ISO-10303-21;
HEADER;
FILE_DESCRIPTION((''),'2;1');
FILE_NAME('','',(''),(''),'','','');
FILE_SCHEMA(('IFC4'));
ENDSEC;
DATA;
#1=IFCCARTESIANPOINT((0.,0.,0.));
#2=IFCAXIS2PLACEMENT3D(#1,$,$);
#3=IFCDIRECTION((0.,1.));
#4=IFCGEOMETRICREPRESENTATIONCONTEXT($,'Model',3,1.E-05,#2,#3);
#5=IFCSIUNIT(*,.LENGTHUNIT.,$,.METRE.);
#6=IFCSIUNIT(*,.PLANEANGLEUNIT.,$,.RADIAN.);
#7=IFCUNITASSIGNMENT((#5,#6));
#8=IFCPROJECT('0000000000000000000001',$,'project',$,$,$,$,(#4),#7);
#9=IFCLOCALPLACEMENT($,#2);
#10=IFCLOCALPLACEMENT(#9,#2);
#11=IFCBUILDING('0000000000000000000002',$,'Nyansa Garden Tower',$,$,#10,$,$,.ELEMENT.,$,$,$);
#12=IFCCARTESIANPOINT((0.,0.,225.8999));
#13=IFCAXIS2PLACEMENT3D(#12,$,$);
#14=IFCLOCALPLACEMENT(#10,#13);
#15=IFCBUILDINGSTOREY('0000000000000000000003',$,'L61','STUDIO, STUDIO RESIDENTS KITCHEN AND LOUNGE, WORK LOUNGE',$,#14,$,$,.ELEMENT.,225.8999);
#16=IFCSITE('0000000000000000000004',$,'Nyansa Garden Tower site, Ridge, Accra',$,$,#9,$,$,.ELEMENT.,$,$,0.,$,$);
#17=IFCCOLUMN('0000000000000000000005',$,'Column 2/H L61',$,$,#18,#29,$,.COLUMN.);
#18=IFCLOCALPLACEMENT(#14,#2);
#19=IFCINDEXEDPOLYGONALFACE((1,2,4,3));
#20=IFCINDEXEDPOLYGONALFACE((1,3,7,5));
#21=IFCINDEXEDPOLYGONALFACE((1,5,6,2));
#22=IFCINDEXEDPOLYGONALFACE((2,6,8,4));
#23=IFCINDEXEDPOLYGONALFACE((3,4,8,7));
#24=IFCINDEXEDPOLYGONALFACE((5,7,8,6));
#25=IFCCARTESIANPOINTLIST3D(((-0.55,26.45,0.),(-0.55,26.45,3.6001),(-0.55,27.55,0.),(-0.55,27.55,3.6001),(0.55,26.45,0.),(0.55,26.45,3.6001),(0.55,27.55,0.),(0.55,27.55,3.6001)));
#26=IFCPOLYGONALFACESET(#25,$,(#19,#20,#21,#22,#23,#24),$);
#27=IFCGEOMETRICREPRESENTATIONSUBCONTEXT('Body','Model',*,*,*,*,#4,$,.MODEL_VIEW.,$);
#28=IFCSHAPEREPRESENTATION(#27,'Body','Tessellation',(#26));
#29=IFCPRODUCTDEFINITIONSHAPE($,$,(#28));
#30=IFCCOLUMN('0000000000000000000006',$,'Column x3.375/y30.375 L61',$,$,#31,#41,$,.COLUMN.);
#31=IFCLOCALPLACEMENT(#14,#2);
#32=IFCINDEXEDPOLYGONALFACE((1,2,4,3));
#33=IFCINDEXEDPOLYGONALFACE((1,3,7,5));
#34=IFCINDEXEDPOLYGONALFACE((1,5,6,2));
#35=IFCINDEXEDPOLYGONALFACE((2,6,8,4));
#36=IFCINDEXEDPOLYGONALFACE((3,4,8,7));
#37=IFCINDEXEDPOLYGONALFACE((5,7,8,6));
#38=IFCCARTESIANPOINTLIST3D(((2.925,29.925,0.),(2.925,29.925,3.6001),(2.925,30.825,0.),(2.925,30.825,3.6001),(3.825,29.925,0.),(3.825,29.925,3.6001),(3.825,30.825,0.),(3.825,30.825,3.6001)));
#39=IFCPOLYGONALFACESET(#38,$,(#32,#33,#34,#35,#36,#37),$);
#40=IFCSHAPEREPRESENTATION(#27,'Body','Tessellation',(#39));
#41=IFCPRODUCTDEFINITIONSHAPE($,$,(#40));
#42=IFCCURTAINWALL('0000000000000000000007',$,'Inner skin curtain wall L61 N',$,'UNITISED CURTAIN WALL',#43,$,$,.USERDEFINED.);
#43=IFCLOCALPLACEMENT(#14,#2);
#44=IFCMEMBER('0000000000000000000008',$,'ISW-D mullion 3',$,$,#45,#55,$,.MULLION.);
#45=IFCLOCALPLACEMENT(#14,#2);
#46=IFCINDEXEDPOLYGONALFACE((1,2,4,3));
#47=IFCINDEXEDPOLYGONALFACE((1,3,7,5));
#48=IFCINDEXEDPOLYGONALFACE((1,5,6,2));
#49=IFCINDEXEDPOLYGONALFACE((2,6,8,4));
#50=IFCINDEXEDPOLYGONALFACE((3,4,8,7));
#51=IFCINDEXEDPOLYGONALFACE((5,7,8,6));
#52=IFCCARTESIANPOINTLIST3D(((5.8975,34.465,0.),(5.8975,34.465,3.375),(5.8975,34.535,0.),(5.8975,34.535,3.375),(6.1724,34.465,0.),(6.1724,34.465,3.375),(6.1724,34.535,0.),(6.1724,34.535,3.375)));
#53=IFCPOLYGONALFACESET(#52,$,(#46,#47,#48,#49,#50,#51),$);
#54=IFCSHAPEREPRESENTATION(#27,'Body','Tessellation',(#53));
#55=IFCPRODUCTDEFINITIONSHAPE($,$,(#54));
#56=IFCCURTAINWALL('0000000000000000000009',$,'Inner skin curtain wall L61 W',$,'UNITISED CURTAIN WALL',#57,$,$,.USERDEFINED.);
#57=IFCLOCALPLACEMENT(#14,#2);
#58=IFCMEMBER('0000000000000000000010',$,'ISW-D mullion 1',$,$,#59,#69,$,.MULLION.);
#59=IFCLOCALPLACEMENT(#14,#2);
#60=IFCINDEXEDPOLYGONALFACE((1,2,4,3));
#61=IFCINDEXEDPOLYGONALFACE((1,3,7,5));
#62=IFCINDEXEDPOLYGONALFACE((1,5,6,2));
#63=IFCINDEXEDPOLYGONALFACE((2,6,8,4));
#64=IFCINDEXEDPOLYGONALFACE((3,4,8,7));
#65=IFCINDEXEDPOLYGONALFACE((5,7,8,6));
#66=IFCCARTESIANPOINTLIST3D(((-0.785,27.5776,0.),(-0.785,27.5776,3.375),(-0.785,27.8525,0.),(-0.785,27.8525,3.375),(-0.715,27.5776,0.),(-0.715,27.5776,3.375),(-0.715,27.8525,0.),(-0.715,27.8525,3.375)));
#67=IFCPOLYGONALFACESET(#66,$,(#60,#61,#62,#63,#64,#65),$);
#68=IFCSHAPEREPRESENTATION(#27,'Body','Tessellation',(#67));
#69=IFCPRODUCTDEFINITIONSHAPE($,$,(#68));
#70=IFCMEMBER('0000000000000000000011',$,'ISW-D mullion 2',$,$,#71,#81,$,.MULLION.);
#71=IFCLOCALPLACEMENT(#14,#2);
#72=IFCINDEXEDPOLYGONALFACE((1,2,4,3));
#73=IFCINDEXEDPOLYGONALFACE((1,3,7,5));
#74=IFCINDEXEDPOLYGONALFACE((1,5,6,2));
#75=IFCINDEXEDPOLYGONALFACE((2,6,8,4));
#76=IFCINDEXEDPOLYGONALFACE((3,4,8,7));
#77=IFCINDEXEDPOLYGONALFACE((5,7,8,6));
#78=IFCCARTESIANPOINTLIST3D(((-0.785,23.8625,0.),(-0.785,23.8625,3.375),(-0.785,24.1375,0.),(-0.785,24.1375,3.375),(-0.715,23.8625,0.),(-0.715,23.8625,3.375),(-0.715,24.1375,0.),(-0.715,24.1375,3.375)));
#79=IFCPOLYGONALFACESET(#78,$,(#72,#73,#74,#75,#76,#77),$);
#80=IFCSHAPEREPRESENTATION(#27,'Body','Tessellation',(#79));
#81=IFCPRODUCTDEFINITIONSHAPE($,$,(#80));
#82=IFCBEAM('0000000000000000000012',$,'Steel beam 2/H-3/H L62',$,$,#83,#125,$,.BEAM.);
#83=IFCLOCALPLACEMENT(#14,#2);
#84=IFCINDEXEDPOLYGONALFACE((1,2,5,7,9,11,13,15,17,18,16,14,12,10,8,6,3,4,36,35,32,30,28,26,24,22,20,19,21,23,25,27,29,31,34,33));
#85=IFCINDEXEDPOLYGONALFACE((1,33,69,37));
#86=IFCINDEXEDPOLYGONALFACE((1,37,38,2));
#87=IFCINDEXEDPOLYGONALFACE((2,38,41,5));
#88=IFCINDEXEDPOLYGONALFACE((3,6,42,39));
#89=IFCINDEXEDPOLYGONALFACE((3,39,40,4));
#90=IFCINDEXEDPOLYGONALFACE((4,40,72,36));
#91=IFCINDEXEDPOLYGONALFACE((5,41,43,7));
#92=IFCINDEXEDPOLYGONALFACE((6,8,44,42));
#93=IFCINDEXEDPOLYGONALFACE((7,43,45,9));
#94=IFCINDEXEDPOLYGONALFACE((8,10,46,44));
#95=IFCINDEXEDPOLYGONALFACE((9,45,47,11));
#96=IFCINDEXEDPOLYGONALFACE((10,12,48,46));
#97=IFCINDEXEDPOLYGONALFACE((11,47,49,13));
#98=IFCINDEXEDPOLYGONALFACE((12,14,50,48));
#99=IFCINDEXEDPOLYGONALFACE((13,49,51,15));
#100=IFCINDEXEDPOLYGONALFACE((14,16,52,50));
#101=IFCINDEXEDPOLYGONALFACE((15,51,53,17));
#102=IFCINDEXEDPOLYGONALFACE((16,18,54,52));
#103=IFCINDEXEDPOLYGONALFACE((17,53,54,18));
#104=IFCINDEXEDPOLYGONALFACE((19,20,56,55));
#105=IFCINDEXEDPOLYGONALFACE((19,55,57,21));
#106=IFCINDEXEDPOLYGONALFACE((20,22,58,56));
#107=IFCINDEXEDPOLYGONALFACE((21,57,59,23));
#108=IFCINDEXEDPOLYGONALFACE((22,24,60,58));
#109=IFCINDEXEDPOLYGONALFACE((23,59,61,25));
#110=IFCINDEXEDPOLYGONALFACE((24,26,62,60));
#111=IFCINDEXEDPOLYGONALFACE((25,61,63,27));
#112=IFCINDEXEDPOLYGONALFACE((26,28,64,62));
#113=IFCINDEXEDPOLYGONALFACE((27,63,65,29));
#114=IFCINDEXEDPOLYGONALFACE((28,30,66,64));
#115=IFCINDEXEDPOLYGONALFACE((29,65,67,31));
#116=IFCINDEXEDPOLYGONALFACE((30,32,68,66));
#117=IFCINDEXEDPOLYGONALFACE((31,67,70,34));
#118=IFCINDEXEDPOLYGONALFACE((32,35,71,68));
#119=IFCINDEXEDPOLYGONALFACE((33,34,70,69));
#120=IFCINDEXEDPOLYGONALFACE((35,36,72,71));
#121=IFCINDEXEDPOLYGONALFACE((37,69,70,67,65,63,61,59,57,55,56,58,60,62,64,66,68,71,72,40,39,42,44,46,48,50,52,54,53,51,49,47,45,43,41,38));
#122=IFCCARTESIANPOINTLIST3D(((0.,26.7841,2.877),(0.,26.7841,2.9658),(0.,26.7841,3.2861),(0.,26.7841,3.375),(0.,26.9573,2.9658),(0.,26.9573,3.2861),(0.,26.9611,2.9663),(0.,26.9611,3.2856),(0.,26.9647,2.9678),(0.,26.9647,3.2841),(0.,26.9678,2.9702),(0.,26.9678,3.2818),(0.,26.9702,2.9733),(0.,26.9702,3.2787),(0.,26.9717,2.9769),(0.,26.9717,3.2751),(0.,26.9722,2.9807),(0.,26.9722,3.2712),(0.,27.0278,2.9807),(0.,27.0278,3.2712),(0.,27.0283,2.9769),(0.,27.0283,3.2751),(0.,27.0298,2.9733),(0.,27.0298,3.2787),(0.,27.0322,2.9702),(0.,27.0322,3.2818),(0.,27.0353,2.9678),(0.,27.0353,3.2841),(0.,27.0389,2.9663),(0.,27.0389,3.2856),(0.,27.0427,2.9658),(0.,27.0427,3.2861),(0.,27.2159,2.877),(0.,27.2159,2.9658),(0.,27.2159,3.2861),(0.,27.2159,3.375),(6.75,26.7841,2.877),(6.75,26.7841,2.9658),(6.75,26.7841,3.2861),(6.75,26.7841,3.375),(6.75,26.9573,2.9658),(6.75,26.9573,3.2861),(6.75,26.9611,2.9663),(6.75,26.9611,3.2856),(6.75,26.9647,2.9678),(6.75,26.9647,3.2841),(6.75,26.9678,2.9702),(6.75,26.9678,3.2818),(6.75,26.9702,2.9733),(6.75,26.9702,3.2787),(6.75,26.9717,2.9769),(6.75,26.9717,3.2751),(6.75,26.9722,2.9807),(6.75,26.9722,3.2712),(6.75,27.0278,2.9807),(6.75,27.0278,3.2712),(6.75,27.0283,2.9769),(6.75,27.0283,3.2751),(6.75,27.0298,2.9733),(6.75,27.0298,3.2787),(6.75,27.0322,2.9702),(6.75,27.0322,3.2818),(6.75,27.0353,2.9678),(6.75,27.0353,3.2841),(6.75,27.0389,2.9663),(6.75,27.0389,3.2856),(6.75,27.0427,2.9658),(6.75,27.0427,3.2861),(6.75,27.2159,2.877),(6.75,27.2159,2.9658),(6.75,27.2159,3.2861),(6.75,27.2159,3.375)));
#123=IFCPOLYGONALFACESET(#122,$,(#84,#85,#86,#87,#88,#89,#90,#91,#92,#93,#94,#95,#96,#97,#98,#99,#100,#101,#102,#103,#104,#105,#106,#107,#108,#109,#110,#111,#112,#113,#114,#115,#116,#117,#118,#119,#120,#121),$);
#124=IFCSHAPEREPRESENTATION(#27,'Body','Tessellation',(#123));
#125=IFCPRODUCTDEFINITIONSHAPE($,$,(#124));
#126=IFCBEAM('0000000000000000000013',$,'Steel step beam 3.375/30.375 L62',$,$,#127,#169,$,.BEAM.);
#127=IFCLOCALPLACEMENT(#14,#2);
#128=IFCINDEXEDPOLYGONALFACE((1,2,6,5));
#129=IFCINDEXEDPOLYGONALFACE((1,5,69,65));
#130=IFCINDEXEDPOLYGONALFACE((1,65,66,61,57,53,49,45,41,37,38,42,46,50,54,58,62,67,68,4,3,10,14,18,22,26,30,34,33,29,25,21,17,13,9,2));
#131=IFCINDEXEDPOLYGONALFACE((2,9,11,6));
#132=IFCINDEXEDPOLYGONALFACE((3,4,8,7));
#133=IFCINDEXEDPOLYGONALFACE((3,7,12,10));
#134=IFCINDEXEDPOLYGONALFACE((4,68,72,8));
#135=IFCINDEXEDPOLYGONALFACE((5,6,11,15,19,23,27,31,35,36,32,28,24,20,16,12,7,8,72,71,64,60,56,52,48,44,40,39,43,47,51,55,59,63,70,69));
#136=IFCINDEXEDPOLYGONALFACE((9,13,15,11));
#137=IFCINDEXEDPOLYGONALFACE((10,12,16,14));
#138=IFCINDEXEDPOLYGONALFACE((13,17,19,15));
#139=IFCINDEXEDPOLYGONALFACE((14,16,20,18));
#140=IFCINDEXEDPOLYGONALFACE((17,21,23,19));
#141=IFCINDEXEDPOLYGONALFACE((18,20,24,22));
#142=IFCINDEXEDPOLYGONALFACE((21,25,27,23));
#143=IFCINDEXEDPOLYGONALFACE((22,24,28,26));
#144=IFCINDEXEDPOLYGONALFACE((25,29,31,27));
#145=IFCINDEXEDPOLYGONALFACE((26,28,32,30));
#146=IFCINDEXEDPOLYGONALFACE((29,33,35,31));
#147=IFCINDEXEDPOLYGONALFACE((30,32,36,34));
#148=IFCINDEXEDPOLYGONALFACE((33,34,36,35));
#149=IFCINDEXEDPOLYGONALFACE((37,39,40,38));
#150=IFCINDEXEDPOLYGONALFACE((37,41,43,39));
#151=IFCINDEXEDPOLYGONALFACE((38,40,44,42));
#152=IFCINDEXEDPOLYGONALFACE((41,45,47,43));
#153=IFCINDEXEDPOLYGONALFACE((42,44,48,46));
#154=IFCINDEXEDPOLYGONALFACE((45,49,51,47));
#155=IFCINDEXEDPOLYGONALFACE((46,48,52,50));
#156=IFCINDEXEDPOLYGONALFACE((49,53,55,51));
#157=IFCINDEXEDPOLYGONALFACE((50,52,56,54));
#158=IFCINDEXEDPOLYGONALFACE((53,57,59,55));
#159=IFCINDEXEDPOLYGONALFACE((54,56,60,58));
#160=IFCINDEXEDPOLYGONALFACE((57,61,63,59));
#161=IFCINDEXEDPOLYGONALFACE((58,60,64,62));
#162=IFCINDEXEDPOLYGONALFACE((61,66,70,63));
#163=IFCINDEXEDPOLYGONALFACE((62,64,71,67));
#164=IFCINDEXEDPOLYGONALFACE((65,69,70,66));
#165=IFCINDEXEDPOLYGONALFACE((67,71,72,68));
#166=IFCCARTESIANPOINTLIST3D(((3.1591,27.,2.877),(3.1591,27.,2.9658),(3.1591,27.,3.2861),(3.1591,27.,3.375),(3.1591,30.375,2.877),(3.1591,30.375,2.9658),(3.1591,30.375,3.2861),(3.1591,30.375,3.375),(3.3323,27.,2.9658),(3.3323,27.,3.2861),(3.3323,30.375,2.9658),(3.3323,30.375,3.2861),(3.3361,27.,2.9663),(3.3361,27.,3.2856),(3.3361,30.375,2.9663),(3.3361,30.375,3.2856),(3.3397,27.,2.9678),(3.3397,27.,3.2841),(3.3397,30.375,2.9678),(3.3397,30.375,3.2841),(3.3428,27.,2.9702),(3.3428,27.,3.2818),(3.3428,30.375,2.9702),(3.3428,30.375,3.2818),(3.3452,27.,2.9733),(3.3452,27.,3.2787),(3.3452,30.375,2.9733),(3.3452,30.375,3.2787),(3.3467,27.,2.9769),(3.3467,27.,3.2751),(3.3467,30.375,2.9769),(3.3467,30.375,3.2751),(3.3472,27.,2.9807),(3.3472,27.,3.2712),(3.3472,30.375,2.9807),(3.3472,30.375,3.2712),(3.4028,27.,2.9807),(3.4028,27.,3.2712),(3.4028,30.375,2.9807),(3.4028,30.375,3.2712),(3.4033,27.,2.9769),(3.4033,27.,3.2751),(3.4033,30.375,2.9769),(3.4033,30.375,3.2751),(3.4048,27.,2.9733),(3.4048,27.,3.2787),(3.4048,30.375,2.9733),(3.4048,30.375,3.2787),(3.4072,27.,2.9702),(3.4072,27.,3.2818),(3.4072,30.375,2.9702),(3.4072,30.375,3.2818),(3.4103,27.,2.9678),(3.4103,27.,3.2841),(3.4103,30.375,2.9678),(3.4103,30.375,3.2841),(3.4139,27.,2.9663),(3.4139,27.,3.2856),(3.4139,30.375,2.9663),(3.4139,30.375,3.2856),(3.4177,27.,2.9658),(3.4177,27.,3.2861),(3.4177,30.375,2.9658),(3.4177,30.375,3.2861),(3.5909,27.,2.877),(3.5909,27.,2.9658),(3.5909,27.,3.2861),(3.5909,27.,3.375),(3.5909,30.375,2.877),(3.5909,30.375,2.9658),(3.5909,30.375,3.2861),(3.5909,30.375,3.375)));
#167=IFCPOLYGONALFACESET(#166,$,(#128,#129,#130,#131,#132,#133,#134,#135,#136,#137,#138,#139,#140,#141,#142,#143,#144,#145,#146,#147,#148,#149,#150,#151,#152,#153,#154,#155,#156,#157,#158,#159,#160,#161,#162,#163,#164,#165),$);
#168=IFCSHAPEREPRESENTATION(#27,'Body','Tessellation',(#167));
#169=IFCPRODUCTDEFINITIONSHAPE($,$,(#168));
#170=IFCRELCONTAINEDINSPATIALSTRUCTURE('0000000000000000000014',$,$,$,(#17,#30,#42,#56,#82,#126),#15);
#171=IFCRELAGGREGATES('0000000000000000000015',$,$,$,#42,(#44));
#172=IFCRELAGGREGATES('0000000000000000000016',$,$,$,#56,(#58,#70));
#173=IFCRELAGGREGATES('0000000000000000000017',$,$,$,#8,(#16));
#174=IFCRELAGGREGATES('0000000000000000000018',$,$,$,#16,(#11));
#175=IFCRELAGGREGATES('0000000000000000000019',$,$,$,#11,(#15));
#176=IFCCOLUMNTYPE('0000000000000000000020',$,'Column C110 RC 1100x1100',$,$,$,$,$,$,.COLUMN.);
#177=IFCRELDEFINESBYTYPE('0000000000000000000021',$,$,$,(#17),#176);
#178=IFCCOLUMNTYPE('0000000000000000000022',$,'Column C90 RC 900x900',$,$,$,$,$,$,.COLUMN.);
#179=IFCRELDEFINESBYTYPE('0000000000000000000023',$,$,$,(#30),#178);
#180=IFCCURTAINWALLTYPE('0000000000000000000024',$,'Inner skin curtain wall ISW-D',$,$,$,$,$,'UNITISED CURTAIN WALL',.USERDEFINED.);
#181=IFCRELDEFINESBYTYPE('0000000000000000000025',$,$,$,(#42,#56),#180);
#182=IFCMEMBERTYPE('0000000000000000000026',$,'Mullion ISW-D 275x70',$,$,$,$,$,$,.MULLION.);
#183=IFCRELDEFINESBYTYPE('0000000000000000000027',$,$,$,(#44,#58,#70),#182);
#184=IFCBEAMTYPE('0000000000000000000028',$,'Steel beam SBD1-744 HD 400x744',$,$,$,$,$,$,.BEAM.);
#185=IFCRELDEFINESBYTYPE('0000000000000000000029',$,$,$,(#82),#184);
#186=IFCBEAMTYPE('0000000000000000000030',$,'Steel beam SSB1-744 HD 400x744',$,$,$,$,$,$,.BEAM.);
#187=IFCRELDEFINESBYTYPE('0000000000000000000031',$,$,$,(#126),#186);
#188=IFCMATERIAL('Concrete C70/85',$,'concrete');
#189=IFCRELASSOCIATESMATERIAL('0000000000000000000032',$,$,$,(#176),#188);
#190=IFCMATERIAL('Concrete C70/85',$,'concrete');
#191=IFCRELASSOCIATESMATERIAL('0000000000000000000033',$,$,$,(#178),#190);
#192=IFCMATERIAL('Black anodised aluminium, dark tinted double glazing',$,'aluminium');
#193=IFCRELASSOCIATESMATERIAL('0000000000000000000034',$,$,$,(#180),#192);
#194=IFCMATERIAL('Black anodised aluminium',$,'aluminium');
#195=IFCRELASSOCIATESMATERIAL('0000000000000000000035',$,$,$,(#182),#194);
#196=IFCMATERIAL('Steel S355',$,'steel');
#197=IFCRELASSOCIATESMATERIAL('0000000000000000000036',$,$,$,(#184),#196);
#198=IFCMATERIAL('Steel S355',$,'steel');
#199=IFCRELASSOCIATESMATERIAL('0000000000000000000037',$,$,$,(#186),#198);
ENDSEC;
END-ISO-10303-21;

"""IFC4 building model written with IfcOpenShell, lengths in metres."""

from ifc_helpers import new_model, si_unit, direction, frame, origin, origin_2d, place, context, subcontext, project, spatial, rectangle, i_section, extrude, material, material_profile, profile_set, type_object, element, aggregate, save


model = new_model("IFC4")

# Units and contexts
model_context = context("Model", 3, precision=1e-05, world=origin(), true_north=direction((0.0, 1.0)))
body_context = subcontext(model_context, "Body", "Model", "MODEL_VIEW")
ifc_project = project(units=[si_unit("LENGTHUNIT", "METRE"), si_unit("PLANEANGLEUNIT", "RADIAN")], contexts=[model_context])

# Site, building, storey
site_placement = place(None, origin())
site = spatial("IfcSite", under=ifc_project, at=site_placement, Name="Nyansa Garden Tower site, Ridge, Accra", CompositionType="ELEMENT", RefElevation=0.0)
building_placement = place(site_placement, origin())
building = spatial("IfcBuilding", under=site, at=building_placement, Name="Nyansa Garden Tower", CompositionType="ELEMENT")
storey_placement = place(building_placement, frame((0.0, 0.0, 225.8999)))
storey = spatial("IfcBuildingStorey", under=building, at=storey_placement, Name="L61", Description="STUDIO, STUDIO RESIDENTS KITCHEN AND LOUNGE, WORK LOUNGE", CompositionType="ELEMENT", Elevation=225.8999)

# Columns
ifc_material_1 = material(Name="Concrete C70/85", Category="concrete")
ifc_material_profile_1 = material_profile(ifc_material_1, rectangle(XDim=1.1001, YDim=1.1001, at=origin_2d()), Name="RC 1100x1100")
ifc_profile_set_1 = profile_set([ifc_material_profile_1], Name="Concrete C70/85")
column_type_1 = type_object("IfcColumnType", Name="Column C110 RC 1100x1100", PredefinedType="COLUMN", material=ifc_profile_set_1)
column_1_placement = place(storey_placement, frame((0.0, 27.0, 0.0), z_axis=(0.0, 0.0, 1.0), x_axis=(1.0, 0.0, 0.0)))
element("IfcColumn", 1, at=column_1_placement, inside=storey, type_object=column_type_1, Name="Column 2/H L61", PredefinedType="COLUMN", context=body_context, shape_type="SweptSolid", body=[
    extrude(rectangle(XDim=1.1001, YDim=1.1001, at=origin_2d()), origin(), (0.0, 0.0, 1.0), 3.6001),
])
ifc_material_2 = material(Name="Concrete C70/85", Category="concrete")
ifc_material_profile_2 = material_profile(ifc_material_2, rectangle(XDim=0.8999, YDim=0.8999, at=origin_2d()), Name="RC 900x900")
ifc_profile_set_2 = profile_set([ifc_material_profile_2], Name="Concrete C70/85")
column_type_2 = type_object("IfcColumnType", Name="Column C90 RC 900x900", PredefinedType="COLUMN", material=ifc_profile_set_2)
column_2_placement = place(storey_placement, frame((3.375, 30.375, 0.0), z_axis=(0.0, 0.0, 1.0), x_axis=(1.0, 0.0, 0.0)))
element("IfcColumn", 2, at=column_2_placement, inside=storey, type_object=column_type_2, Name="Column x3.375/y30.375 L61", PredefinedType="COLUMN", context=body_context, shape_type="SweptSolid", body=[
    extrude(rectangle(XDim=0.8999, YDim=0.8999, at=origin_2d()), origin(), (0.0, 0.0, 1.0), 3.6001),
])

# Curtain wall, member
ifc_material_3 = material(Name="Black anodised aluminium, dark tinted double glazing", Category="aluminium")
curtain_wall_type = type_object("IfcCurtainWallType", Name="Inner skin curtain wall ISW-D", ElementType="UNITISED CURTAIN WALL", PredefinedType="USERDEFINED", material=ifc_material_3)
curtain_wall_1_placement = place(storey_placement, origin())
curtain_wall_1 = element("IfcCurtainWall", 3, at=curtain_wall_1_placement, inside=storey, type_object=curtain_wall_type, Name="Inner skin curtain wall L61 N", ObjectType="UNITISED CURTAIN WALL", PredefinedType="USERDEFINED")
ifc_material_4 = material(Name="Black anodised aluminium", Category="aluminium")
ifc_material_profile_3 = material_profile(ifc_material_4, rectangle(XDim=0.0701, YDim=0.2749, at=origin_2d()), Name="Mullion 275x70")
ifc_profile_set_3 = profile_set([ifc_material_profile_3], Name="Black anodised aluminium")
member_type_1 = type_object("IfcMemberType", Name="Mullion ISW-D 275x70", PredefinedType="MULLION", material=ifc_profile_set_3)
member_1_placement = place(storey_placement, frame((6.0349, 34.5, 0.0), z_axis=(0.0, 0.0, 1.0), x_axis=(0.0, -1.0, 0.0)))
member_1 = element("IfcMember", 4, at=member_1_placement, type_object=member_type_1, Name="ISW-D mullion 3", PredefinedType="MULLION", context=body_context, shape_type="SweptSolid", body=[
    extrude(rectangle(XDim=0.0701, YDim=0.2749, at=origin_2d()), origin(), (0.0, 0.0, 1.0), 3.375),
])
aggregate(curtain_wall_1, [member_1])

# Curtain wall, members
curtain_wall_2_placement = place(storey_placement, origin())
curtain_wall_2 = element("IfcCurtainWall", 5, at=curtain_wall_2_placement, inside=storey, type_object=curtain_wall_type, Name="Inner skin curtain wall L61 W", ObjectType="UNITISED CURTAIN WALL", PredefinedType="USERDEFINED")
member_2_placement = place(storey_placement, frame((-0.75, 27.7151, 0.0), z_axis=(0.0, 0.0, 1.0), x_axis=(1.0, 0.0, 0.0)))
member_2 = element("IfcMember", 6, at=member_2_placement, type_object=member_type_1, Name="ISW-D mullion 1", PredefinedType="MULLION", context=body_context, shape_type="SweptSolid", body=[
    extrude(rectangle(XDim=0.0701, YDim=0.2749, at=origin_2d()), origin(), (0.0, 0.0, 1.0), 3.375),
])
member_3_placement = place(storey_placement, frame((-0.75, 24.0, 0.0), z_axis=(0.0, 0.0, 1.0), x_axis=(1.0, 0.0, 0.0)))
member_3 = element("IfcMember", 7, at=member_3_placement, type_object=member_type_1, Name="ISW-D mullion 2", PredefinedType="MULLION", context=body_context, shape_type="SweptSolid", body=[
    extrude(rectangle(XDim=0.0701, YDim=0.2749, at=origin_2d()), origin(), (0.0, 0.0, 1.0), 3.375),
])

# Beams
ifc_material_5 = material(Name="Steel S355", Category="steel")
ifc_material_profile_4 = material_profile(ifc_material_5, i_section(OverallWidth=0.4319, OverallDepth=0.498, WebThickness=0.0557, FlangeThickness=0.0889, FilletRadius=0.0149, at=origin_2d()), Name="HD 400x744")
ifc_profile_set_4 = profile_set([ifc_material_profile_4], Name="Steel S355")
beam_type_1 = type_object("IfcBeamType", Name="Steel beam SBD1-744 HD 400x744", PredefinedType="BEAM", material=ifc_profile_set_4)
beam_placement = place(storey_placement, frame((0.0, 27.0, 3.126), z_axis=(1.0, 0.0, 0.0), x_axis=(0.0, 1.0, 0.0)))
element("IfcBeam", 8, at=beam_placement, inside=storey, type_object=beam_type_1, Name="Steel beam 2/H-3/H L62", PredefinedType="BEAM", context=body_context, shape_type="SweptSolid", body=[
    extrude(i_section(OverallWidth=0.4319, OverallDepth=0.498, WebThickness=0.0557, FlangeThickness=0.0889, FilletRadius=0.0149, at=origin_2d()), origin(), (0.0, 0.0, 1.0), 6.75),
])
ifc_material_6 = material(Name="Steel S355", Category="steel")
ifc_material_profile_5 = material_profile(ifc_material_6, i_section(OverallWidth=0.4319, OverallDepth=0.498, WebThickness=0.0557, FlangeThickness=0.0889, FilletRadius=0.0149, at=origin_2d()), Name="HD 400x744")
ifc_profile_set_5 = profile_set([ifc_material_profile_5], Name="Steel S355")
beam_type_2 = type_object("IfcBeamType", Name="Steel beam SSB1-744 HD 400x744", PredefinedType="BEAM", material=ifc_profile_set_5)
for number, where, z_axis, x_axis, name in (
    (9, (3.375, 30.375, 3.126), (0.0, -1.0, 0.0), (1.0, 0.0, 0.0), "Steel step beam 3.375/30.375 L62"),
):
    element("IfcBeam", number, at=place(storey_placement, frame(where, z_axis=z_axis, x_axis=x_axis)), inside=storey, type_object=beam_type_2, Name=name, PredefinedType="BEAM", context=body_context, shape_type="SweptSolid", body=[
        extrude(i_section(OverallWidth=0.4319, OverallDepth=0.498, WebThickness=0.0557, FlangeThickness=0.0889, FilletRadius=0.0149, at=origin_2d()), origin(), (0.0, 0.0, 1.0), 3.375),
    ])

aggregate(curtain_wall_2, [member_2, member_3])

save(model, "model.ifc")
